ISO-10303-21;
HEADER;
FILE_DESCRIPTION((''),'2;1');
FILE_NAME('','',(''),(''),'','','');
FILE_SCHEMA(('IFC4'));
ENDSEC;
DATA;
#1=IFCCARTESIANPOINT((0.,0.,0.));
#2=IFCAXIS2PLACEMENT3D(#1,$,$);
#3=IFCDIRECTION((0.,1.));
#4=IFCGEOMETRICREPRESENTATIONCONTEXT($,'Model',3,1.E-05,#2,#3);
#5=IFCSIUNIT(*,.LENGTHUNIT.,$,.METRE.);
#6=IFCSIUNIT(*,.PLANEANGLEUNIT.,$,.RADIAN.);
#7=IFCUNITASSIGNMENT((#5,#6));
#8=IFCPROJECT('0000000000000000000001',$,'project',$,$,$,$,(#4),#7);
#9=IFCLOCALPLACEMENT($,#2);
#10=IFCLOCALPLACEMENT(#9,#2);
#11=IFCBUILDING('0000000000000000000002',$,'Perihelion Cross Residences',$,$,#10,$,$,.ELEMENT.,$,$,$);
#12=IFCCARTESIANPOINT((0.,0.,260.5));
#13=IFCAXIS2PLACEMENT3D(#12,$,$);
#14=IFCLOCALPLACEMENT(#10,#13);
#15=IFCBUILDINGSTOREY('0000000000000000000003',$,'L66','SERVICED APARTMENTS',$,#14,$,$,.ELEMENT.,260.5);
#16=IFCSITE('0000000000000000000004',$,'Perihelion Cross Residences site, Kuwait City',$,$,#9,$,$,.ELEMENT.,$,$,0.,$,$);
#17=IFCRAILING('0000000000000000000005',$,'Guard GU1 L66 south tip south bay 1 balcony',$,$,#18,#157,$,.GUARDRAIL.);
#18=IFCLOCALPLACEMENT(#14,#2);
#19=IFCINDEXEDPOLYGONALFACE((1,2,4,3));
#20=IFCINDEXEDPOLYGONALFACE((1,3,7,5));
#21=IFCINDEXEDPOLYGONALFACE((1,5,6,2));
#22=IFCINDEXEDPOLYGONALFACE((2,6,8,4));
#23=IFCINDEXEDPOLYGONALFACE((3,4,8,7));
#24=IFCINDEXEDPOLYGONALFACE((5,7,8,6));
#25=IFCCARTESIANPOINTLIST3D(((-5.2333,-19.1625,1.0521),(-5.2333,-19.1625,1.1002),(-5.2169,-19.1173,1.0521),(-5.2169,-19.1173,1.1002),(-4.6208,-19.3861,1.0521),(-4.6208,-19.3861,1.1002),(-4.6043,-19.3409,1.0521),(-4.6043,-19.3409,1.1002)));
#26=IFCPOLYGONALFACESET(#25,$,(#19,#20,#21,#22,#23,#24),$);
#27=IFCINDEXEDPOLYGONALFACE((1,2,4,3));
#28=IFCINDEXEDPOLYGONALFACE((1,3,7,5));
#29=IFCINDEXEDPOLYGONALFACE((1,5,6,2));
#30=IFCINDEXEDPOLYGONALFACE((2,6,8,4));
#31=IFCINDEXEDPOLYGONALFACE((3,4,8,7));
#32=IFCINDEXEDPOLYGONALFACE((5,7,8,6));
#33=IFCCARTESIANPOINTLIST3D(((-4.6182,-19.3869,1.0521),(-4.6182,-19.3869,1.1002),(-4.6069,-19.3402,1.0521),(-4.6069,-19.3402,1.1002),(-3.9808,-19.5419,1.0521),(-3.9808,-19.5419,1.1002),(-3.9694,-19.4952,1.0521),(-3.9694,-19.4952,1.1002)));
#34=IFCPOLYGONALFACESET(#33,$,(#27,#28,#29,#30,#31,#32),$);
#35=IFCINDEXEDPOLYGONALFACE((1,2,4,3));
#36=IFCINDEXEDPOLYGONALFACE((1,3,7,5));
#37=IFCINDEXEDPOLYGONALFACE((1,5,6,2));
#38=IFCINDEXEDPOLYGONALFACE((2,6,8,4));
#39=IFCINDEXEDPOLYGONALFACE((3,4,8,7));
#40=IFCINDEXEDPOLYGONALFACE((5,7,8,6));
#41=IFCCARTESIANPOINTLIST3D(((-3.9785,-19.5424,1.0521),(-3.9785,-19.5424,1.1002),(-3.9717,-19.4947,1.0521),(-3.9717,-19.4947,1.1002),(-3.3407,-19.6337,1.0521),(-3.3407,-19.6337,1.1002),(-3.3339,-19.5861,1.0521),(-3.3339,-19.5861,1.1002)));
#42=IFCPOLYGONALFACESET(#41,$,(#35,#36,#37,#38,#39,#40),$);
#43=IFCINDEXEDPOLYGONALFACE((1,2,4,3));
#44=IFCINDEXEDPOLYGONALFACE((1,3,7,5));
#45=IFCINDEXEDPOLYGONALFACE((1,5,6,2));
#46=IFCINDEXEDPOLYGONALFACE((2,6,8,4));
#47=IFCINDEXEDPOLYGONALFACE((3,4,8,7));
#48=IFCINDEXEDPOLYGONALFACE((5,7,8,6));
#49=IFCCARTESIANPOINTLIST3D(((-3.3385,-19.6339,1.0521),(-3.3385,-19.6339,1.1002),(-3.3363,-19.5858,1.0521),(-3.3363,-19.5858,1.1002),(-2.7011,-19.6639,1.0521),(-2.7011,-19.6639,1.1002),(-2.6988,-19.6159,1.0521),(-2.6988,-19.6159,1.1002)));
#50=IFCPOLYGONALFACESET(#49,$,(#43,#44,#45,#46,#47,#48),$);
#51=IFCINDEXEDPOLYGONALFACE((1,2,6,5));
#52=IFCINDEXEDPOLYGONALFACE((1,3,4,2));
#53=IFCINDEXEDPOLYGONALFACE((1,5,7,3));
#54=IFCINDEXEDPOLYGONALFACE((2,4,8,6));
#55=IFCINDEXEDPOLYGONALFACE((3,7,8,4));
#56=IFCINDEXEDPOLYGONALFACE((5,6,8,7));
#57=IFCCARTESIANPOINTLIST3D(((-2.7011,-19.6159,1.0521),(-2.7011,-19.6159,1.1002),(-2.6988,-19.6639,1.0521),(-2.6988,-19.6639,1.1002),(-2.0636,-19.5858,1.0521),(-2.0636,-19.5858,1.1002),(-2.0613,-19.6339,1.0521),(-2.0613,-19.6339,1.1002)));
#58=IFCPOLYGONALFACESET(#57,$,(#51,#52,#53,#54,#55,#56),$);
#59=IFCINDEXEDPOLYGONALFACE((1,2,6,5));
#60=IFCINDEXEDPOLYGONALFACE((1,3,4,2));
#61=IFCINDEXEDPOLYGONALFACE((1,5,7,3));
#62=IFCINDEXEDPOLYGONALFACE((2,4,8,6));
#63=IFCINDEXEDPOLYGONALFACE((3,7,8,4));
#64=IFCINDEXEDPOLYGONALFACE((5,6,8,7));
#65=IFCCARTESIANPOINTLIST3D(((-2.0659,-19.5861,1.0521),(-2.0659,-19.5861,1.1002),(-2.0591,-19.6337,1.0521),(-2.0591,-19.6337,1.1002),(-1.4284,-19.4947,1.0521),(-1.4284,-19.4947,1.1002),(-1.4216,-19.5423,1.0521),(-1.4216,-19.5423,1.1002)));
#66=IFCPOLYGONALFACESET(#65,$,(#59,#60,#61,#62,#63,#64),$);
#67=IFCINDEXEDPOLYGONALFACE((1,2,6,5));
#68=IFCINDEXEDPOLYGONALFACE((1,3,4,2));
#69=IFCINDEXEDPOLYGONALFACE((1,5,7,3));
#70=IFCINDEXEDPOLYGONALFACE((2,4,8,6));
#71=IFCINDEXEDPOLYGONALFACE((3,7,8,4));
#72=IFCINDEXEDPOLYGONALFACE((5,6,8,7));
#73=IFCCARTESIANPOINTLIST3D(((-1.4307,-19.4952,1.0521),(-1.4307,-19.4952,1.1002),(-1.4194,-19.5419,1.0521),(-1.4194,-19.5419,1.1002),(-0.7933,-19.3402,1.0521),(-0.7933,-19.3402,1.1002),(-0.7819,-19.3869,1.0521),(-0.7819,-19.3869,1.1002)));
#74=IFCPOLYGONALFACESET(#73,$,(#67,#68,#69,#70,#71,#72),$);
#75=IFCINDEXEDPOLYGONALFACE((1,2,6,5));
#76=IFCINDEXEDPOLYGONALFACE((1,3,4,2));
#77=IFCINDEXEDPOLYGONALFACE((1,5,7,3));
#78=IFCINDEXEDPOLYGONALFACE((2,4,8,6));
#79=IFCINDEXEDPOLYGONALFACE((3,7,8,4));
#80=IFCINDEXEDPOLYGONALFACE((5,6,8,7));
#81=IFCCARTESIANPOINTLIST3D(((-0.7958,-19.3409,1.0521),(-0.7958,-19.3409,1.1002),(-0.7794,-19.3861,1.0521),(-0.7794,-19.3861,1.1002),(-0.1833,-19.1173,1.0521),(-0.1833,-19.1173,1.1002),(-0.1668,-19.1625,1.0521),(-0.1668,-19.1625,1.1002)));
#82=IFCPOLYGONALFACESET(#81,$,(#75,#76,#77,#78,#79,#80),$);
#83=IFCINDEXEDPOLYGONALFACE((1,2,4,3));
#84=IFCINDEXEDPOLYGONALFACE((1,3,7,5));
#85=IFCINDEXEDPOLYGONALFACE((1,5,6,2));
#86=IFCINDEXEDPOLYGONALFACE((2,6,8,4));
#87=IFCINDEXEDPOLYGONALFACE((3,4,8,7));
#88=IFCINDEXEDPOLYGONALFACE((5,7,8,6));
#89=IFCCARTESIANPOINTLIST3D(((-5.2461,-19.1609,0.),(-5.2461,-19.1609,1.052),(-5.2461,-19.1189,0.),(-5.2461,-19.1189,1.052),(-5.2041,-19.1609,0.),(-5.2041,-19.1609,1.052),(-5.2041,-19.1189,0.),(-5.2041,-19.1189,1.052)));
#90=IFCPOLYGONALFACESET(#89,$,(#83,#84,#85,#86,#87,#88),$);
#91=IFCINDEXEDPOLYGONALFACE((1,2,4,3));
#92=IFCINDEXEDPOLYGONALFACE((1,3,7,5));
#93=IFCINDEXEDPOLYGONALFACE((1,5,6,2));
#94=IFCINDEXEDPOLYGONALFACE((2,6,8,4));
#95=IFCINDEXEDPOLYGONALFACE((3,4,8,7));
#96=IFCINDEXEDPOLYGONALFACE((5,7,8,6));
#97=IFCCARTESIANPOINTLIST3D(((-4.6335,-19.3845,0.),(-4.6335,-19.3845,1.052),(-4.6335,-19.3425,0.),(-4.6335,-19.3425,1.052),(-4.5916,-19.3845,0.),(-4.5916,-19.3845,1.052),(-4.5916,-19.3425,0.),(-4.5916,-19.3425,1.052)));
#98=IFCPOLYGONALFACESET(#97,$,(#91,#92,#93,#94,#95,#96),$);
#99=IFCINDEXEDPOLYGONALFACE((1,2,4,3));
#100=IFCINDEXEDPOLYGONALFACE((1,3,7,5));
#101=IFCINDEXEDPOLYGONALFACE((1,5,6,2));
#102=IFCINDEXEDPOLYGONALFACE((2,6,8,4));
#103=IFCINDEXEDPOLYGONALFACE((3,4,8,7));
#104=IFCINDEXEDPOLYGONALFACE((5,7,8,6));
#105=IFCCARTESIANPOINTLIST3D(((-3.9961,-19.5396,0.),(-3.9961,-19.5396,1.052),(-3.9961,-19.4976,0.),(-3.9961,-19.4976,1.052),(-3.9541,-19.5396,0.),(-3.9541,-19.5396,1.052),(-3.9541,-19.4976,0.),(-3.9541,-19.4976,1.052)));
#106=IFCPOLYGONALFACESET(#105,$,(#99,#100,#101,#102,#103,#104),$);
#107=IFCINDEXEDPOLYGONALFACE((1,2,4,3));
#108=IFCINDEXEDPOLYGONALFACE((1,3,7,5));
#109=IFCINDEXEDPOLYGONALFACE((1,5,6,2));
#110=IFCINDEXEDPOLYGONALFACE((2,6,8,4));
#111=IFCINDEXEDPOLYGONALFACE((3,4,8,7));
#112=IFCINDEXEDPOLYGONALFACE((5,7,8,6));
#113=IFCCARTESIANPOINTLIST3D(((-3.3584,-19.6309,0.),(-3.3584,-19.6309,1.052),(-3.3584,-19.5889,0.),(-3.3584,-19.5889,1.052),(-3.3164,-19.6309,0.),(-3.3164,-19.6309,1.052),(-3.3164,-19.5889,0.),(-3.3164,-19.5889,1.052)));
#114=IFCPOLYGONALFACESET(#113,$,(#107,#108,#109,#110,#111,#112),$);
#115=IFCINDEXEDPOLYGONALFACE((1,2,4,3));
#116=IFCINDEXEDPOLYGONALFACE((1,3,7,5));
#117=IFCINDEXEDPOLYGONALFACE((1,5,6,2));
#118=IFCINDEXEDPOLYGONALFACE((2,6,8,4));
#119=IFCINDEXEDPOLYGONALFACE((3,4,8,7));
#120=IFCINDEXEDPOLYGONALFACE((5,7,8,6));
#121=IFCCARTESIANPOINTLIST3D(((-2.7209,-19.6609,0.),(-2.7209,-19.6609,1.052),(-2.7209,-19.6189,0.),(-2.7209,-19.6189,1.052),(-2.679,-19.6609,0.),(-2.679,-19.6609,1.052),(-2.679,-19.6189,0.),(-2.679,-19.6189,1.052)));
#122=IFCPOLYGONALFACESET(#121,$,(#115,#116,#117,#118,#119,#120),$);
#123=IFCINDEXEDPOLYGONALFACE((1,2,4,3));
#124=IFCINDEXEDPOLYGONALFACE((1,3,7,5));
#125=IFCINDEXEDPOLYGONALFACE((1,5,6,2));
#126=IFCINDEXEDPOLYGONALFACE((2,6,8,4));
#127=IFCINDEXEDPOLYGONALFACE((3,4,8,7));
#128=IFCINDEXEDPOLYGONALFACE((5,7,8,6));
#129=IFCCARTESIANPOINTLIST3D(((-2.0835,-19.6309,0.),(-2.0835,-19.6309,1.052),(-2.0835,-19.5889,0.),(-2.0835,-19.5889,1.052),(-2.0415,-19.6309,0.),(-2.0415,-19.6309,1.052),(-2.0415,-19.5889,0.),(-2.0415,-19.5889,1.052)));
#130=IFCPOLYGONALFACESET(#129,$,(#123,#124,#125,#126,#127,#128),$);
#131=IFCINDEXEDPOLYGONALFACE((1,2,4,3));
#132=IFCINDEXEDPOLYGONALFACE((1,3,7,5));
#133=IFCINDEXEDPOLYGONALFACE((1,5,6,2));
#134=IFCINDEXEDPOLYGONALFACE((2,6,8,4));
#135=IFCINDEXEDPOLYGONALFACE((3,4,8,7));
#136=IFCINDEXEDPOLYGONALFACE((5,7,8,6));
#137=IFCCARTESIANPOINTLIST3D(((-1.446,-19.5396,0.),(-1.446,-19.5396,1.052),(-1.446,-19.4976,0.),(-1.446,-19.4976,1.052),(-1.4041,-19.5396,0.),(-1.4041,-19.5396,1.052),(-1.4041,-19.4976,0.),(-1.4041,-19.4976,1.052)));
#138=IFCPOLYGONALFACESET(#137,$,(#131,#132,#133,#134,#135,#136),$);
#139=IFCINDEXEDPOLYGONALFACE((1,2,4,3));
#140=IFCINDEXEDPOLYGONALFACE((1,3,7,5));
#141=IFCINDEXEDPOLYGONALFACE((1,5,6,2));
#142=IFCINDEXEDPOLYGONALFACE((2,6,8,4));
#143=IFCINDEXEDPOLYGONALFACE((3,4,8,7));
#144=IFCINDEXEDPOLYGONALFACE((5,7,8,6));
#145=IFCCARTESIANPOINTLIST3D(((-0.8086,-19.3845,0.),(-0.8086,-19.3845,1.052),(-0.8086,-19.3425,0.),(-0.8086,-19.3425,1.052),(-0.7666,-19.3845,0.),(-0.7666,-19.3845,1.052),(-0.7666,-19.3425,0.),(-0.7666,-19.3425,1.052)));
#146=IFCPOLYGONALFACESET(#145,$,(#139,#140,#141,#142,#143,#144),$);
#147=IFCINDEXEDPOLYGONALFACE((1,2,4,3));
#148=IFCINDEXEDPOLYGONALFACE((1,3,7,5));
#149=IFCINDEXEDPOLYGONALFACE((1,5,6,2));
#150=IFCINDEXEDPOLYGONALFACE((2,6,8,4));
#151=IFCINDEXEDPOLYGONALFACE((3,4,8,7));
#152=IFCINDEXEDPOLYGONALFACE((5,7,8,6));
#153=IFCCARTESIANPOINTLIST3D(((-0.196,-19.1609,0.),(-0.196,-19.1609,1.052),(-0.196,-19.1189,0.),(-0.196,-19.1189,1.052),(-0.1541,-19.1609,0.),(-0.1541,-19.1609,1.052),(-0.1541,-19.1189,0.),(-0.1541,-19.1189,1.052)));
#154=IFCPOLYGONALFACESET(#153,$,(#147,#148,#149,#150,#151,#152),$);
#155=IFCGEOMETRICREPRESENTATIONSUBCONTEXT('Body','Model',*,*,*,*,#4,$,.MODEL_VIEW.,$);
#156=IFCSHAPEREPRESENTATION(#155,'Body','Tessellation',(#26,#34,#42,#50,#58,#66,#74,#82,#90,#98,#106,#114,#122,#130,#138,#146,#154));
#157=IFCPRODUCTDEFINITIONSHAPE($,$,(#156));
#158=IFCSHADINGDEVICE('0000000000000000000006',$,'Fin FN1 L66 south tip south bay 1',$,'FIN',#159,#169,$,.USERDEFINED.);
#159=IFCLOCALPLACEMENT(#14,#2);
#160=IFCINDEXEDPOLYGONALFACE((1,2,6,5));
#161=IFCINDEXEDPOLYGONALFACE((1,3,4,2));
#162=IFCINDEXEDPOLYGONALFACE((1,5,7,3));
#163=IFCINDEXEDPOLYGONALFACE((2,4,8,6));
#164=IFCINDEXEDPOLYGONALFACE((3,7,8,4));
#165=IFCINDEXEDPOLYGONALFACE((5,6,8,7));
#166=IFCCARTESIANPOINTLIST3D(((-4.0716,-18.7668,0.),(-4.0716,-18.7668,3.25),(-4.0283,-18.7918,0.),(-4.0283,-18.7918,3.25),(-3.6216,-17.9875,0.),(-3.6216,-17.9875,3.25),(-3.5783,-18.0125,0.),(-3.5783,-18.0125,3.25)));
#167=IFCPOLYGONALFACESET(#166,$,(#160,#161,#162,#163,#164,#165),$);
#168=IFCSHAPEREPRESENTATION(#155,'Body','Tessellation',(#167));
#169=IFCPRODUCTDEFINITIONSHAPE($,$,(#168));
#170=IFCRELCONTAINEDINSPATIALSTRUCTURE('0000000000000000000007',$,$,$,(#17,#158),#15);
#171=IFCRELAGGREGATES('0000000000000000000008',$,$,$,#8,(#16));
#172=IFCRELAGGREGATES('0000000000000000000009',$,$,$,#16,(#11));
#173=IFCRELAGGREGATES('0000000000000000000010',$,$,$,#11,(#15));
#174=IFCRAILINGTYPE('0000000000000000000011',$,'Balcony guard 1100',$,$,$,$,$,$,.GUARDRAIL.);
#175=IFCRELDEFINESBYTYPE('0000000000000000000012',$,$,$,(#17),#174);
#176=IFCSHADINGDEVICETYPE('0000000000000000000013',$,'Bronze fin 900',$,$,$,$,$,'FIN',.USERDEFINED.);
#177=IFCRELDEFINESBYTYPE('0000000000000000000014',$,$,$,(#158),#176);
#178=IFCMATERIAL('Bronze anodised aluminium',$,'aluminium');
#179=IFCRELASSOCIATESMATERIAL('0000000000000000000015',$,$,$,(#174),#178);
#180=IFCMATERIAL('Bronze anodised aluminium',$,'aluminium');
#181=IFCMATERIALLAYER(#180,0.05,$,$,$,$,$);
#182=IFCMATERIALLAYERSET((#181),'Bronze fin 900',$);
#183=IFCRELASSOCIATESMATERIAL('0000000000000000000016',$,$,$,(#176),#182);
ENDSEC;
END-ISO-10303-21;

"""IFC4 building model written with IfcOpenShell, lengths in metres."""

from ifc_helpers import new_model, si_unit, direction, frame, origin, origin_2d, place, context, subcontext, project, spatial, rectangle, extrude, material, layer, layer_set, type_object, element, save


model = new_model("IFC4")

# Units and contexts
model_context = context("Model", 3, precision=1e-05, world=origin(), true_north=direction((0.0, 1.0)))
body_context = subcontext(model_context, "Body", "Model", "MODEL_VIEW")
ifc_project = project(units=[si_unit("LENGTHUNIT", "METRE"), si_unit("PLANEANGLEUNIT", "RADIAN")], contexts=[model_context])

# Site, building, storey
site_placement = place(None, origin())
site = spatial("IfcSite", under=ifc_project, at=site_placement, Name="Perihelion Cross Residences site, Kuwait City", CompositionType="ELEMENT", RefElevation=0.0)
building_placement = place(site_placement, origin())
building = spatial("IfcBuilding", under=site, at=building_placement, Name="Perihelion Cross Residences", CompositionType="ELEMENT")
storey_placement = place(building_placement, frame((0.0, 0.0, 260.5)))
storey = spatial("IfcBuildingStorey", under=building, at=storey_placement, Name="L66", Description="SERVICED APARTMENTS", CompositionType="ELEMENT", Elevation=260.5)

# Railing
ifc_material_1 = material(Name="Bronze anodised aluminium", Category="aluminium")
railing_type = type_object("IfcRailingType", Name="Balcony guard 1100", PredefinedType="GUARDRAIL", material=ifc_material_1)
railing_1_placement = place(storey_placement, frame((-5.2251, -19.1399, 0.0)))
element("IfcRailing", 1, at=railing_1_placement, inside=storey, type_object=railing_type, Name="Guard GU1 L66 south tip south bay 1 balcony", PredefinedType="GUARDRAIL", context=body_context, shape_type="SweptSolid", body=[
    extrude(rectangle(XDim=0.0481, YDim=0.0481, at=origin_2d()), frame((0.0, 0.0, 1.0762), z_axis=(0.939355, -0.342945, 0.0), x_axis=(0.342945, 0.939355, 0.0)), (0.0, 0.0, 1.0), 0.6521),
    extrude(rectangle(XDim=0.0481, YDim=0.0481, at=origin_2d()), frame((0.6125, -0.2236, 1.0762), z_axis=(0.971677, -0.236314, 0.0), x_axis=(0.236314, 0.971677, 0.0)), (0.0, 0.0, 1.0), 0.656),
    extrude(rectangle(XDim=0.0481, YDim=0.0481, at=origin_2d()), frame((1.25, -0.3787, 1.0762), z_axis=(0.989904, -0.14174, 0.0), x_axis=(0.14174, 0.989904, 0.0)), (0.0, 0.0, 1.0), 0.6443),
    extrude(rectangle(XDim=0.0481, YDim=0.0481, at=origin_2d()), frame((1.8877, -0.47, 1.0762), z_axis=(0.998892, -0.047056, 0.0), x_axis=(0.047056, 0.998892, 0.0)), (0.0, 0.0, 1.0), 0.6382),
    extrude(rectangle(XDim=0.0481, YDim=0.0481, at=origin_2d()), frame((2.5251, -0.5, 1.0762), z_axis=(0.998892, 0.047056, 0.0), x_axis=(-0.047056, 0.998892, 0.0)), (0.0, 0.0, 1.0), 0.6382),
    extrude(rectangle(XDim=0.0481, YDim=0.0481, at=origin_2d()), frame((3.1626, -0.47, 1.0762), z_axis=(0.989896, 0.141793, 0.0), x_axis=(-0.141793, 0.989896, 0.0)), (0.0, 0.0, 1.0), 0.644),
    extrude(rectangle(XDim=0.0481, YDim=0.0481, at=origin_2d()), frame((3.8, -0.3787, 1.0762), z_axis=(0.971677, 0.236314, 0.0), x_axis=(-0.236314, 0.971677, 0.0)), (0.0, 0.0, 1.0), 0.656),
    extrude(rectangle(XDim=0.0481, YDim=0.0481, at=origin_2d()), frame((4.4375, -0.2236, 1.0762), z_axis=(0.939355, 0.342945, 0.0), x_axis=(-0.342945, 0.939355, 0.0)), (0.0, 0.0, 1.0), 0.6521),
    extrude(rectangle(XDim=0.042, YDim=0.042, at=origin_2d()), origin(), (0.0, 0.0, 1.0), 1.052),
    extrude(rectangle(XDim=0.042, YDim=0.042, at=origin_2d()), frame((0.6125, -0.2236, 0.0)), (0.0, 0.0, 1.0), 1.052),
    extrude(rectangle(XDim=0.042, YDim=0.042, at=origin_2d()), frame((1.25, -0.3787, 0.0)), (0.0, 0.0, 1.0), 1.052),
    extrude(rectangle(XDim=0.042, YDim=0.042, at=origin_2d()), frame((1.8877, -0.47, 0.0)), (0.0, 0.0, 1.0), 1.052),
    extrude(rectangle(XDim=0.042, YDim=0.042, at=origin_2d()), frame((2.5251, -0.5, 0.0)), (0.0, 0.0, 1.0), 1.052),
    extrude(rectangle(XDim=0.042, YDim=0.042, at=origin_2d()), frame((3.1626, -0.47, 0.0)), (0.0, 0.0, 1.0), 1.052),
    extrude(rectangle(XDim=0.042, YDim=0.042, at=origin_2d()), frame((3.8, -0.3787, 0.0)), (0.0, 0.0, 1.0), 1.052),
    extrude(rectangle(XDim=0.042, YDim=0.042, at=origin_2d()), frame((4.4375, -0.2236, 0.0)), (0.0, 0.0, 1.0), 1.052),
    extrude(rectangle(XDim=0.042, YDim=0.042, at=origin_2d()), frame((5.05, 0.0, 0.0)), (0.0, 0.0, 1.0), 1.052),
])

# Shading device
ifc_material_2 = material(Name="Bronze anodised aluminium", Category="aluminium")
ifc_layer_1 = layer(ifc_material_2, 0.05)
ifc_layer_set_1 = layer_set([ifc_layer_1], Name="Bronze fin 900")
shading_device_type = type_object("IfcShadingDeviceType", Name="Bronze fin 900", ElementType="FIN", PredefinedType="USERDEFINED", material=ifc_layer_set_1)
shading_device_placement = place(storey_placement, frame((-3.825, -18.3896, 0.0), z_axis=(0.0, 0.0, 1.0), x_axis=(-0.5, -0.866025, 0.0)))
element("IfcShadingDevice", 2, at=shading_device_placement, inside=storey, type_object=shading_device_type, Name="Fin FN1 L66 south tip south bay 1", ObjectType="FIN", PredefinedType="USERDEFINED", context=body_context, shape_type="SweptSolid", body=[
    extrude(rectangle(XDim=0.8999, YDim=0.05, at=origin_2d()), origin(), (0.0, 0.0, 1.0), 3.25),
])

save(model, "model.ifc")
